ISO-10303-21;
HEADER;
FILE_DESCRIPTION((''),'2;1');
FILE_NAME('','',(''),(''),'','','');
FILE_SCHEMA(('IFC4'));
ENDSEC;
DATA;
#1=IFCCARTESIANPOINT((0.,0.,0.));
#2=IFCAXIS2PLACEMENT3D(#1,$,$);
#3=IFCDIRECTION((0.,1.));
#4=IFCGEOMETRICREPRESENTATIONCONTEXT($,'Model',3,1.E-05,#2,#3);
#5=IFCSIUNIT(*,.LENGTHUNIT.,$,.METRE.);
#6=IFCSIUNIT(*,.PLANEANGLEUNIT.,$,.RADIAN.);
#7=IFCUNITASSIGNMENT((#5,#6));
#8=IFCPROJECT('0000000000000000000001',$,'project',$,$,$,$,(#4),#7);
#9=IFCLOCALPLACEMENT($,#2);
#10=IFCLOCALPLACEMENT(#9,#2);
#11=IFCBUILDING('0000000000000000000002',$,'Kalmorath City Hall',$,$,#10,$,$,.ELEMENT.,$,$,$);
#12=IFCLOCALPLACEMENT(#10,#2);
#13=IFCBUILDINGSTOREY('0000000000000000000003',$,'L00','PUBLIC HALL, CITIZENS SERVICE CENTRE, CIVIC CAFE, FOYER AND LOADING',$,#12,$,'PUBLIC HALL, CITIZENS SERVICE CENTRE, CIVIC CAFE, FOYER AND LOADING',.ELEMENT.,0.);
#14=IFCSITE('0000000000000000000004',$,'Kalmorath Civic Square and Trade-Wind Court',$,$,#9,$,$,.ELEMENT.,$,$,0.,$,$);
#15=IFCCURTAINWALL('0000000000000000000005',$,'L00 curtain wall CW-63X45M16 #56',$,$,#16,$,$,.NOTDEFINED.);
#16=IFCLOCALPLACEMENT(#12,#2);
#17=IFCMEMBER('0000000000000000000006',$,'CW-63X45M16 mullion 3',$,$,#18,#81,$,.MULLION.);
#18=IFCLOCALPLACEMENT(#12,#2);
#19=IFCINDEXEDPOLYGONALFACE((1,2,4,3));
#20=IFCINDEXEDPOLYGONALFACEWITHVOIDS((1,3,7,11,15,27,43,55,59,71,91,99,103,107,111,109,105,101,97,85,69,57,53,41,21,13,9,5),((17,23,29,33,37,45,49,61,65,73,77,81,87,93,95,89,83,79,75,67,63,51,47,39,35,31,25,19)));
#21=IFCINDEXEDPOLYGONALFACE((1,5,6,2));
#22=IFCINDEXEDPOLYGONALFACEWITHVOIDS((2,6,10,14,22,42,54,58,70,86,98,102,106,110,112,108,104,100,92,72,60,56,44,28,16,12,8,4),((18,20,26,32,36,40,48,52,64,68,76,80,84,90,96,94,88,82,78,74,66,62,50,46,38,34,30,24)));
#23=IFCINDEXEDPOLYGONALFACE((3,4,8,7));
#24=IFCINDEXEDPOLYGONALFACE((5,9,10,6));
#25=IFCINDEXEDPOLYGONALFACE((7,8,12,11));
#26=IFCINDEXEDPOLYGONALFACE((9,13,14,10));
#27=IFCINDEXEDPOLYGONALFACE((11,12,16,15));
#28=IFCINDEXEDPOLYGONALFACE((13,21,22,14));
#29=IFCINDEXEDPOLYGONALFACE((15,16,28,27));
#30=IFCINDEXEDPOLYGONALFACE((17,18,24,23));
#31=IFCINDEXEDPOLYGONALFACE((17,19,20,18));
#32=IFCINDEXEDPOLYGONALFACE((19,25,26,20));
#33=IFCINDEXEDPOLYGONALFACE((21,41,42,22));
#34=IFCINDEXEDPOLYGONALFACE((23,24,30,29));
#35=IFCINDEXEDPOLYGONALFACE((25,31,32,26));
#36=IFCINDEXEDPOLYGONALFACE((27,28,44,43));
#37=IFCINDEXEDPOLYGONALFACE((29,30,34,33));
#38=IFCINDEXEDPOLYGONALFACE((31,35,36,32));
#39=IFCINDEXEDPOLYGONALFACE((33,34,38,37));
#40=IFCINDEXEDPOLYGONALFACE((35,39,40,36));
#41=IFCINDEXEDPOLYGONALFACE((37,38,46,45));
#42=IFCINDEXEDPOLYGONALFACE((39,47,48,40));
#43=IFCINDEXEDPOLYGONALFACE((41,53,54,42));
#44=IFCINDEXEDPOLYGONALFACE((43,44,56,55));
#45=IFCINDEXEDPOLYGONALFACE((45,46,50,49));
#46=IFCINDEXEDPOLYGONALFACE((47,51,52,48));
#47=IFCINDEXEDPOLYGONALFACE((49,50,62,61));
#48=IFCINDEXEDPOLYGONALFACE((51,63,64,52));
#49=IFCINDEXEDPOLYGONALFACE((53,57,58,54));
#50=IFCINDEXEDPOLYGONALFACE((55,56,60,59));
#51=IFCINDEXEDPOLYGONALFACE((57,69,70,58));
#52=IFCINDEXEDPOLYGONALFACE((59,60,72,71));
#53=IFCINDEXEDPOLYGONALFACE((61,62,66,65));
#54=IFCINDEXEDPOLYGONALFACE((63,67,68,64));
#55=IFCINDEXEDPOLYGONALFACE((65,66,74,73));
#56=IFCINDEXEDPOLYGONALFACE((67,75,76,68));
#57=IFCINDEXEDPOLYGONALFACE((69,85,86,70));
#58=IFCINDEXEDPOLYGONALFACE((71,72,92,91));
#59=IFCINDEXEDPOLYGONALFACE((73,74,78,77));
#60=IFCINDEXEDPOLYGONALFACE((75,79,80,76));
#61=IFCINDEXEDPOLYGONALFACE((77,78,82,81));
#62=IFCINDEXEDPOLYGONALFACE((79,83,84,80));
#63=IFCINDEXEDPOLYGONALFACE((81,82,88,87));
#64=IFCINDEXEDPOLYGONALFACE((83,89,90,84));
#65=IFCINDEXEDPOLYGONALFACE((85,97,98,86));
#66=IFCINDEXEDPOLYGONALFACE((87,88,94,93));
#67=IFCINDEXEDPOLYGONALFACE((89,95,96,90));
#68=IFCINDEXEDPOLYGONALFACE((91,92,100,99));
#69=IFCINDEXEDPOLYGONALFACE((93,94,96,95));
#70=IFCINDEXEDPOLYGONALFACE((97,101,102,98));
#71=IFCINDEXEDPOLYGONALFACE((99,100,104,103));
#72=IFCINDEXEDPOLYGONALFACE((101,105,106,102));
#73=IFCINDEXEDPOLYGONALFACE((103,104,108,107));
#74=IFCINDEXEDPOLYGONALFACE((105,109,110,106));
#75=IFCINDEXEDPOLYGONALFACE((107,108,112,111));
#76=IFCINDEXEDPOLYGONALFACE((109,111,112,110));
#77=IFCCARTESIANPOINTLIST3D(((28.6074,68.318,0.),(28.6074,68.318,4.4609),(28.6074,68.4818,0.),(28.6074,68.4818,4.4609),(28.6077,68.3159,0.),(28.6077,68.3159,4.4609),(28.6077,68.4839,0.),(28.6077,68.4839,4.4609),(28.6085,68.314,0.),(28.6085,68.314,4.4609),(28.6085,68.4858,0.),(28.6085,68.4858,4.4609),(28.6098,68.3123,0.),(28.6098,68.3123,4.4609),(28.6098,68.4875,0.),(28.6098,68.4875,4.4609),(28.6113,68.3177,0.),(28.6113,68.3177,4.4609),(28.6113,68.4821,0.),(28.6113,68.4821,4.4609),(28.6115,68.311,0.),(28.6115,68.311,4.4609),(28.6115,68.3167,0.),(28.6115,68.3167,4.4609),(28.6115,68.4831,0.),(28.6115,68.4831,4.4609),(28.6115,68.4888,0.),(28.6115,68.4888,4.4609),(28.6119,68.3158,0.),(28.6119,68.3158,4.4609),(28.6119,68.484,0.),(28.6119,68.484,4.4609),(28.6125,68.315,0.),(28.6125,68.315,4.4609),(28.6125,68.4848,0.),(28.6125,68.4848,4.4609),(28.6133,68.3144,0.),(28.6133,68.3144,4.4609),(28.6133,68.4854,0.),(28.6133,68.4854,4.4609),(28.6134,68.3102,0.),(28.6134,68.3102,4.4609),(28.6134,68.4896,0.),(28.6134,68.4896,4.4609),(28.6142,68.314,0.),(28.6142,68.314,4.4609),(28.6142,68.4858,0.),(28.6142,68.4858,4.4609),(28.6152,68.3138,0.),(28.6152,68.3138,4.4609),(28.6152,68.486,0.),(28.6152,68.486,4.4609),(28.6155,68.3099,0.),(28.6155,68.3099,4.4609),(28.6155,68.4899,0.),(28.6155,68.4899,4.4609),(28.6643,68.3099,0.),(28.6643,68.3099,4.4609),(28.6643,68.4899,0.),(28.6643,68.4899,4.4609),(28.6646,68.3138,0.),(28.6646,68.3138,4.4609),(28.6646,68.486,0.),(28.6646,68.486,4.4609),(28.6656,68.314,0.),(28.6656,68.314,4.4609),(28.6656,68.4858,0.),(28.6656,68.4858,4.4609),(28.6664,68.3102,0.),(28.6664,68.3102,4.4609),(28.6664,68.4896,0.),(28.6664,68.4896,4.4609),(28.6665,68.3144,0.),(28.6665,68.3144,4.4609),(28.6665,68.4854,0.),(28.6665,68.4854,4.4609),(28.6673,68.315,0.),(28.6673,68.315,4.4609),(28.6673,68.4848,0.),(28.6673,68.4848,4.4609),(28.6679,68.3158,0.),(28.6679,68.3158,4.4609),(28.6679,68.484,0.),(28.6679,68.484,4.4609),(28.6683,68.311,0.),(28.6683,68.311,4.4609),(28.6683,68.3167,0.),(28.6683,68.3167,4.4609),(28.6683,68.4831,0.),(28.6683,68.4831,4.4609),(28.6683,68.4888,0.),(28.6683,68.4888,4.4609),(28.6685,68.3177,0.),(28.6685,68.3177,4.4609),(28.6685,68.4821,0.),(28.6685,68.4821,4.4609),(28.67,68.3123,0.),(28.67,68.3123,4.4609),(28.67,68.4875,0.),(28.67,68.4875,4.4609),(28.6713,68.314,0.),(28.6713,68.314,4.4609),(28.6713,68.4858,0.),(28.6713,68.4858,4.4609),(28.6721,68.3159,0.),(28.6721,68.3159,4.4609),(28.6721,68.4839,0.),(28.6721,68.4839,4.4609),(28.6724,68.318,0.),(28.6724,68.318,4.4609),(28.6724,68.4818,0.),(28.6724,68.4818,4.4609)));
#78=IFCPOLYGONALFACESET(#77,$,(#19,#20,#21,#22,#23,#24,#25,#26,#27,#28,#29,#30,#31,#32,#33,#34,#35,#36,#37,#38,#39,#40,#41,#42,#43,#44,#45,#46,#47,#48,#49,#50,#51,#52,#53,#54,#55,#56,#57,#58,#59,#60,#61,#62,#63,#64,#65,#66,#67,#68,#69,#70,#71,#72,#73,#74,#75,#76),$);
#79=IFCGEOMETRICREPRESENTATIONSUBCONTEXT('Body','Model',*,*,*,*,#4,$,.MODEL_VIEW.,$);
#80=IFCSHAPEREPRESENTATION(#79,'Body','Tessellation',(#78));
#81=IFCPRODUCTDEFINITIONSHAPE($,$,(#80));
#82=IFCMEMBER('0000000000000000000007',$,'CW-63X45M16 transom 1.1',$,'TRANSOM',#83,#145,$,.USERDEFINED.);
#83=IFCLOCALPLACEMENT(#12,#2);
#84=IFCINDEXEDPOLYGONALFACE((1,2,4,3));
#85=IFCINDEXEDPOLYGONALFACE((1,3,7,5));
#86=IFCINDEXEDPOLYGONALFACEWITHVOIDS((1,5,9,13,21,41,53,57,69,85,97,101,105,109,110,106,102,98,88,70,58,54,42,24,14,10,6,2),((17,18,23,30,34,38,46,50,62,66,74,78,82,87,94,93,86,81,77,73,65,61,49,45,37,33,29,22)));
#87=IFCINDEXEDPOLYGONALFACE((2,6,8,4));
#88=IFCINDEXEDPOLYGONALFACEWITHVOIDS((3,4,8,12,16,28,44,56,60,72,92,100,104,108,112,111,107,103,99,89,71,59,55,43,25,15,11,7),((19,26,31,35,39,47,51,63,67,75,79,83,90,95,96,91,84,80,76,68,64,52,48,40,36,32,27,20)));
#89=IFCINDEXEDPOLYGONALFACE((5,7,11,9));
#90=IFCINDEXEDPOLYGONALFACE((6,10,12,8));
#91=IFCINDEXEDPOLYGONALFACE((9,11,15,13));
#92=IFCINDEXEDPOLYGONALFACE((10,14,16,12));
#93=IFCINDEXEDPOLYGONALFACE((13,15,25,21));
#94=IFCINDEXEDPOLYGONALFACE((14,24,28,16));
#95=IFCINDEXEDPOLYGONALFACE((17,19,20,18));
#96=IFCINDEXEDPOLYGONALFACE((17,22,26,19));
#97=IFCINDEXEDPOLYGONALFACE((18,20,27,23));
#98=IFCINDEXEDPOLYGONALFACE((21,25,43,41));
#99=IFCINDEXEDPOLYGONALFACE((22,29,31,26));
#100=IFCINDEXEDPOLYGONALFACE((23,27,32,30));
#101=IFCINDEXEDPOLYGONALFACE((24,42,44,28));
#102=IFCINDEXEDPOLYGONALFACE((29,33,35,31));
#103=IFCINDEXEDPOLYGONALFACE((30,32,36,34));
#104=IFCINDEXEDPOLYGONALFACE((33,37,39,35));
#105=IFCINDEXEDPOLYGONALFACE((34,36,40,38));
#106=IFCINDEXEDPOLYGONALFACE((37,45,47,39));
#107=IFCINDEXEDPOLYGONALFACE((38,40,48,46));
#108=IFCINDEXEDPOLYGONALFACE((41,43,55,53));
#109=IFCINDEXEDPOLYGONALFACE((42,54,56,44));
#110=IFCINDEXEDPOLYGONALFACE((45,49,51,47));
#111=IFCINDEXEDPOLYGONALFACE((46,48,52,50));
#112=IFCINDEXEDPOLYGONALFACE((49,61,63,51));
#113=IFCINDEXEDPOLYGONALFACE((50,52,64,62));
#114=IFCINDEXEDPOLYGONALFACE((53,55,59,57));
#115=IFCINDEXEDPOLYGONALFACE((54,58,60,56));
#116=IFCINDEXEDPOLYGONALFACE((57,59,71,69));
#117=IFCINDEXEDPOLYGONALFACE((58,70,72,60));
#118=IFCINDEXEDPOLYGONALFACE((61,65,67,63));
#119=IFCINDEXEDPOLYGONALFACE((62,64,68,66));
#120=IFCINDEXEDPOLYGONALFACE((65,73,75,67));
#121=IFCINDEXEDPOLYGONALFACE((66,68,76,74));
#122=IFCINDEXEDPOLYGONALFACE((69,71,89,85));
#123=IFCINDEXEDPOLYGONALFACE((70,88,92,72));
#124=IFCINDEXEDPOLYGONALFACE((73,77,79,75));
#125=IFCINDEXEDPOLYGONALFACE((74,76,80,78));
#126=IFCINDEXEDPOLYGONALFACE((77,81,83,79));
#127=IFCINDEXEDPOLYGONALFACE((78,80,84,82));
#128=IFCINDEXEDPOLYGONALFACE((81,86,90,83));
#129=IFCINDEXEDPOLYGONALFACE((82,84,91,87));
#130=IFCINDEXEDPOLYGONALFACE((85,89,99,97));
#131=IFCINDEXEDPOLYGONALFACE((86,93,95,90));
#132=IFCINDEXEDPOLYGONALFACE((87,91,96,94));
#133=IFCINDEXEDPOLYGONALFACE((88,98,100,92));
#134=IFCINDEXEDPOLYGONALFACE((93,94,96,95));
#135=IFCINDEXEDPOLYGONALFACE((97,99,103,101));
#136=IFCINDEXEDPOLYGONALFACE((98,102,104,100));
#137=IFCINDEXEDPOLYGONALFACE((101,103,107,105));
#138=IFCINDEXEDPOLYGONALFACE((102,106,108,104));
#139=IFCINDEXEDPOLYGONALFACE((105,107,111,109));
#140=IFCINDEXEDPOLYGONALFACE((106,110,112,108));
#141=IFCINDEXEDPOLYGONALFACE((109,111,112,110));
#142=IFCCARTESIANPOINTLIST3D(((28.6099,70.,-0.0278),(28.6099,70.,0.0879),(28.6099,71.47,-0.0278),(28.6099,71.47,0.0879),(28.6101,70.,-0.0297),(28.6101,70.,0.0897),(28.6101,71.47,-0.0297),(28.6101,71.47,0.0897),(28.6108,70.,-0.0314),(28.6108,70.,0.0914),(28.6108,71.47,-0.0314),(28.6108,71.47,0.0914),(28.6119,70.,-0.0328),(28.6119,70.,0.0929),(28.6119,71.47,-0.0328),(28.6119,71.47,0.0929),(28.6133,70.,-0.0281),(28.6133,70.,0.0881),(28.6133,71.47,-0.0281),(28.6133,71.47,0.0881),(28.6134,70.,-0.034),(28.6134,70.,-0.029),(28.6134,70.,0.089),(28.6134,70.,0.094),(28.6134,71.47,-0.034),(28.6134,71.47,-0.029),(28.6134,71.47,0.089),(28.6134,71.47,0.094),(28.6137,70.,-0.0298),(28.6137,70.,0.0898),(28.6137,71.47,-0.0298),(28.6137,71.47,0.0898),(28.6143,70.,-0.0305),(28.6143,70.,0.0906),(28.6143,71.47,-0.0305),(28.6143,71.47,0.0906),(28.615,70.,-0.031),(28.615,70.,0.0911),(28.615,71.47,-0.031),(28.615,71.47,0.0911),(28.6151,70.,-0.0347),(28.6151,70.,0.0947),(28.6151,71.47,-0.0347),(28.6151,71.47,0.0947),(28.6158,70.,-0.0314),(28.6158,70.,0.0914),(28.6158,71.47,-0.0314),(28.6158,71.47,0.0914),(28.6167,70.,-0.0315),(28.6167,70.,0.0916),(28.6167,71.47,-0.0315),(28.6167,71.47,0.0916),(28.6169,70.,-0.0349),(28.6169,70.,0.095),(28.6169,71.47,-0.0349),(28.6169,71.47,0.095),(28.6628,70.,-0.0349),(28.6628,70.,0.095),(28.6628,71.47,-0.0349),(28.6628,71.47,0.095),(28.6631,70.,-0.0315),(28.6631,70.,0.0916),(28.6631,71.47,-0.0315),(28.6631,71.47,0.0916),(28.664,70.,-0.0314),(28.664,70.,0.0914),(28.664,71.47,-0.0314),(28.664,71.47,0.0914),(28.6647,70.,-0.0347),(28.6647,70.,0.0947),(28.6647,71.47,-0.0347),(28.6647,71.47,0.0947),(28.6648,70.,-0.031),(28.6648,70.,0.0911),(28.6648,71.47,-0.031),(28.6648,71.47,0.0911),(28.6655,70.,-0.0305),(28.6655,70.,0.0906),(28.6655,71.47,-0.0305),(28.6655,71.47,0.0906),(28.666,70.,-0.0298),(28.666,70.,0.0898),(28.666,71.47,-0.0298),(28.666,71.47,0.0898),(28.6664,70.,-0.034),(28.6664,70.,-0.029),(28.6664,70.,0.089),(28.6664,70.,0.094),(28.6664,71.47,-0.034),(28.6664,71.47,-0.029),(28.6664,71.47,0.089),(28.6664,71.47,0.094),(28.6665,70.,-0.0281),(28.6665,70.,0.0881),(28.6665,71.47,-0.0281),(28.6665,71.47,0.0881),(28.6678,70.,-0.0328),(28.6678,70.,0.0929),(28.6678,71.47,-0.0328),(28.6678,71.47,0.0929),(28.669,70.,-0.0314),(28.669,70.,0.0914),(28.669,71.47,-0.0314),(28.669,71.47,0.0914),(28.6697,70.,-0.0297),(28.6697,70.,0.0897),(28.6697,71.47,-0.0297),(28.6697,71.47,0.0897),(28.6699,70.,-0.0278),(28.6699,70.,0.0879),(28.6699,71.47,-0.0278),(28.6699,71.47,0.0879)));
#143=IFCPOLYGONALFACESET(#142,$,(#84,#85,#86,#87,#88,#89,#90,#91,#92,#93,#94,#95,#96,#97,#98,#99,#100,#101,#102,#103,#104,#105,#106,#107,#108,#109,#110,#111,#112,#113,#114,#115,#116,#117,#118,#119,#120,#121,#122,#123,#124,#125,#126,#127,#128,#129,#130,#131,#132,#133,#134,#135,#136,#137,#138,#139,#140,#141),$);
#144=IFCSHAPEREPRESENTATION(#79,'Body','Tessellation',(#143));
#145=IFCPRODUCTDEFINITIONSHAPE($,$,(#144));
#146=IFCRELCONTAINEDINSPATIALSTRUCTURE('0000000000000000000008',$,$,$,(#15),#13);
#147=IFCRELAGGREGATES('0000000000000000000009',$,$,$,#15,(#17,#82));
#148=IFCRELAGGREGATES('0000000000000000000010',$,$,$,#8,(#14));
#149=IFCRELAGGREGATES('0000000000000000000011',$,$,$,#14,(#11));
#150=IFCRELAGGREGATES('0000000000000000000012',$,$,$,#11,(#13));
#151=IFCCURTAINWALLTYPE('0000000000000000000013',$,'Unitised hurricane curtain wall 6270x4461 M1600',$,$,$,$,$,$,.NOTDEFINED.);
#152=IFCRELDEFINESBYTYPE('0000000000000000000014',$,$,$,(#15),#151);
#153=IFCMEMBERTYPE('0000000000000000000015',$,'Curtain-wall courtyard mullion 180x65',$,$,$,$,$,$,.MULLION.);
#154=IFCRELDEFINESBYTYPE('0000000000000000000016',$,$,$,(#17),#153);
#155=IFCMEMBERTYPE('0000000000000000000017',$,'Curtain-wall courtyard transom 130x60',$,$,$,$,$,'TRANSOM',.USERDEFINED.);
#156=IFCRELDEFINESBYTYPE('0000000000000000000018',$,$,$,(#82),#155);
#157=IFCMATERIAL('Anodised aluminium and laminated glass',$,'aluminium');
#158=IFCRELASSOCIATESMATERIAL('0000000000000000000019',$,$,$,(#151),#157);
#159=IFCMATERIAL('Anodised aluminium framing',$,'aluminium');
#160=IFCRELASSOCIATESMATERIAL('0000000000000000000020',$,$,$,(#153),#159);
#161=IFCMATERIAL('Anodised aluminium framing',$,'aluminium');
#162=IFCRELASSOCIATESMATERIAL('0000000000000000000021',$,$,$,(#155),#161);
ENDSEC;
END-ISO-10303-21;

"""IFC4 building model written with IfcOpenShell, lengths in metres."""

from ifc_helpers import new_model, si_unit, direction, frame, origin, origin_2d, place, context, subcontext, project, spatial, hollow_rectangle, extrude, material, material_profile, profile_set, type_object, element, aggregate, save


model = new_model("IFC4")

# Units and contexts
model_context = context("Model", 3, precision=1e-05, world=origin(), true_north=direction((0.0, 1.0)))
body_context = subcontext(model_context, "Body", "Model", "MODEL_VIEW")
ifc_project = project(units=[si_unit("LENGTHUNIT", "METRE"), si_unit("PLANEANGLEUNIT", "RADIAN")], contexts=[model_context])

# Site, building, storey
site_placement = place(None, origin())
site = spatial("IfcSite", under=ifc_project, at=site_placement, Name="Kalmorath Civic Square and Trade-Wind Court", CompositionType="ELEMENT", RefElevation=0.0)
building_placement = place(site_placement, origin())
building = spatial("IfcBuilding", under=site, at=building_placement, Name="Kalmorath City Hall", CompositionType="ELEMENT")
storey_placement = place(building_placement, origin())
storey = spatial("IfcBuildingStorey", under=building, at=storey_placement, Name="L00", Description="PUBLIC HALL, CITIZENS SERVICE CENTRE, CIVIC CAFE, FOYER AND LOADING", LongName="PUBLIC HALL, CITIZENS SERVICE CENTRE, CIVIC CAFE, FOYER AND LOADING", CompositionType="ELEMENT", Elevation=0.0)

# Curtain wall, members
ifc_material_1 = material(Name="Anodised aluminium and laminated glass", Category="aluminium")
curtain_wall_type = type_object("IfcCurtainWallType", Name="Unitised hurricane curtain wall 6270x4461 M1600", PredefinedType="NOTDEFINED", material=ifc_material_1)
curtain_wall_placement = place(storey_placement, origin())
curtain_wall = element("IfcCurtainWall", 1, at=curtain_wall_placement, inside=storey, type_object=curtain_wall_type, Name="L00 curtain wall CW-63X45M16 #56", PredefinedType="NOTDEFINED")
ifc_material_2 = material(Name="Anodised aluminium framing", Category="aluminium")
ifc_material_profile_1 = material_profile(ifc_material_2, hollow_rectangle(XDim=0.0649, YDim=0.1799, WallThickness=0.0039, InnerFilletRadius=0.0039, OuterFilletRadius=0.0081, at=origin_2d()), Name="ALU-MUL-180X65X4")
ifc_profile_set_1 = profile_set([ifc_material_profile_1], Name="Anodised aluminium framing")
member_type_1 = type_object("IfcMemberType", Name="Curtain-wall courtyard mullion 180x65", PredefinedType="MULLION", material=ifc_profile_set_1)
member_1_placement = place(storey_placement, frame((28.6399, 68.3999, 0.0), z_axis=(0.0, 0.0, 1.0), x_axis=(1.0, 0.0, 0.0)))
member_1 = element("IfcMember", 2, at=member_1_placement, type_object=member_type_1, Name="CW-63X45M16 mullion 3", PredefinedType="MULLION", context=body_context, shape_type="SweptSolid", body=[
    extrude(hollow_rectangle(XDim=0.0649, YDim=0.1799, WallThickness=0.0039, InnerFilletRadius=0.0039, OuterFilletRadius=0.0081, at=origin_2d()), origin(), (0.0, 0.0, 1.0), 4.4609),
])
ifc_material_3 = material(Name="Anodised aluminium framing", Category="aluminium")
ifc_material_profile_2 = material_profile(ifc_material_3, hollow_rectangle(XDim=0.0601, YDim=0.1299, WallThickness=0.0034, InnerFilletRadius=0.0034, OuterFilletRadius=0.0071, at=origin_2d()), Name="ALU-TRN-130X60X3.5")
ifc_profile_set_2 = profile_set([ifc_material_profile_2], Name="Anodised aluminium framing")
member_type_2 = type_object("IfcMemberType", Name="Curtain-wall courtyard transom 130x60", ElementType="TRANSOM", PredefinedType="USERDEFINED", material=ifc_profile_set_2)
member_2_placement = place(storey_placement, frame((28.6399, 71.47, 0.03), z_axis=(0.0, -1.0, 0.0), x_axis=(1.0, 0.0, 0.0)))
member_2 = element("IfcMember", 3, at=member_2_placement, type_object=member_type_2, Name="CW-63X45M16 transom 1.1", ObjectType="TRANSOM", PredefinedType="USERDEFINED", context=body_context, shape_type="SweptSolid", body=[
    extrude(hollow_rectangle(XDim=0.0601, YDim=0.1299, WallThickness=0.0034, InnerFilletRadius=0.0034, OuterFilletRadius=0.0071, at=origin_2d()), origin(), (0.0, 0.0, 1.0), 1.47),
])

aggregate(curtain_wall, [member_1, member_2])

save(model, "model.ifc")
